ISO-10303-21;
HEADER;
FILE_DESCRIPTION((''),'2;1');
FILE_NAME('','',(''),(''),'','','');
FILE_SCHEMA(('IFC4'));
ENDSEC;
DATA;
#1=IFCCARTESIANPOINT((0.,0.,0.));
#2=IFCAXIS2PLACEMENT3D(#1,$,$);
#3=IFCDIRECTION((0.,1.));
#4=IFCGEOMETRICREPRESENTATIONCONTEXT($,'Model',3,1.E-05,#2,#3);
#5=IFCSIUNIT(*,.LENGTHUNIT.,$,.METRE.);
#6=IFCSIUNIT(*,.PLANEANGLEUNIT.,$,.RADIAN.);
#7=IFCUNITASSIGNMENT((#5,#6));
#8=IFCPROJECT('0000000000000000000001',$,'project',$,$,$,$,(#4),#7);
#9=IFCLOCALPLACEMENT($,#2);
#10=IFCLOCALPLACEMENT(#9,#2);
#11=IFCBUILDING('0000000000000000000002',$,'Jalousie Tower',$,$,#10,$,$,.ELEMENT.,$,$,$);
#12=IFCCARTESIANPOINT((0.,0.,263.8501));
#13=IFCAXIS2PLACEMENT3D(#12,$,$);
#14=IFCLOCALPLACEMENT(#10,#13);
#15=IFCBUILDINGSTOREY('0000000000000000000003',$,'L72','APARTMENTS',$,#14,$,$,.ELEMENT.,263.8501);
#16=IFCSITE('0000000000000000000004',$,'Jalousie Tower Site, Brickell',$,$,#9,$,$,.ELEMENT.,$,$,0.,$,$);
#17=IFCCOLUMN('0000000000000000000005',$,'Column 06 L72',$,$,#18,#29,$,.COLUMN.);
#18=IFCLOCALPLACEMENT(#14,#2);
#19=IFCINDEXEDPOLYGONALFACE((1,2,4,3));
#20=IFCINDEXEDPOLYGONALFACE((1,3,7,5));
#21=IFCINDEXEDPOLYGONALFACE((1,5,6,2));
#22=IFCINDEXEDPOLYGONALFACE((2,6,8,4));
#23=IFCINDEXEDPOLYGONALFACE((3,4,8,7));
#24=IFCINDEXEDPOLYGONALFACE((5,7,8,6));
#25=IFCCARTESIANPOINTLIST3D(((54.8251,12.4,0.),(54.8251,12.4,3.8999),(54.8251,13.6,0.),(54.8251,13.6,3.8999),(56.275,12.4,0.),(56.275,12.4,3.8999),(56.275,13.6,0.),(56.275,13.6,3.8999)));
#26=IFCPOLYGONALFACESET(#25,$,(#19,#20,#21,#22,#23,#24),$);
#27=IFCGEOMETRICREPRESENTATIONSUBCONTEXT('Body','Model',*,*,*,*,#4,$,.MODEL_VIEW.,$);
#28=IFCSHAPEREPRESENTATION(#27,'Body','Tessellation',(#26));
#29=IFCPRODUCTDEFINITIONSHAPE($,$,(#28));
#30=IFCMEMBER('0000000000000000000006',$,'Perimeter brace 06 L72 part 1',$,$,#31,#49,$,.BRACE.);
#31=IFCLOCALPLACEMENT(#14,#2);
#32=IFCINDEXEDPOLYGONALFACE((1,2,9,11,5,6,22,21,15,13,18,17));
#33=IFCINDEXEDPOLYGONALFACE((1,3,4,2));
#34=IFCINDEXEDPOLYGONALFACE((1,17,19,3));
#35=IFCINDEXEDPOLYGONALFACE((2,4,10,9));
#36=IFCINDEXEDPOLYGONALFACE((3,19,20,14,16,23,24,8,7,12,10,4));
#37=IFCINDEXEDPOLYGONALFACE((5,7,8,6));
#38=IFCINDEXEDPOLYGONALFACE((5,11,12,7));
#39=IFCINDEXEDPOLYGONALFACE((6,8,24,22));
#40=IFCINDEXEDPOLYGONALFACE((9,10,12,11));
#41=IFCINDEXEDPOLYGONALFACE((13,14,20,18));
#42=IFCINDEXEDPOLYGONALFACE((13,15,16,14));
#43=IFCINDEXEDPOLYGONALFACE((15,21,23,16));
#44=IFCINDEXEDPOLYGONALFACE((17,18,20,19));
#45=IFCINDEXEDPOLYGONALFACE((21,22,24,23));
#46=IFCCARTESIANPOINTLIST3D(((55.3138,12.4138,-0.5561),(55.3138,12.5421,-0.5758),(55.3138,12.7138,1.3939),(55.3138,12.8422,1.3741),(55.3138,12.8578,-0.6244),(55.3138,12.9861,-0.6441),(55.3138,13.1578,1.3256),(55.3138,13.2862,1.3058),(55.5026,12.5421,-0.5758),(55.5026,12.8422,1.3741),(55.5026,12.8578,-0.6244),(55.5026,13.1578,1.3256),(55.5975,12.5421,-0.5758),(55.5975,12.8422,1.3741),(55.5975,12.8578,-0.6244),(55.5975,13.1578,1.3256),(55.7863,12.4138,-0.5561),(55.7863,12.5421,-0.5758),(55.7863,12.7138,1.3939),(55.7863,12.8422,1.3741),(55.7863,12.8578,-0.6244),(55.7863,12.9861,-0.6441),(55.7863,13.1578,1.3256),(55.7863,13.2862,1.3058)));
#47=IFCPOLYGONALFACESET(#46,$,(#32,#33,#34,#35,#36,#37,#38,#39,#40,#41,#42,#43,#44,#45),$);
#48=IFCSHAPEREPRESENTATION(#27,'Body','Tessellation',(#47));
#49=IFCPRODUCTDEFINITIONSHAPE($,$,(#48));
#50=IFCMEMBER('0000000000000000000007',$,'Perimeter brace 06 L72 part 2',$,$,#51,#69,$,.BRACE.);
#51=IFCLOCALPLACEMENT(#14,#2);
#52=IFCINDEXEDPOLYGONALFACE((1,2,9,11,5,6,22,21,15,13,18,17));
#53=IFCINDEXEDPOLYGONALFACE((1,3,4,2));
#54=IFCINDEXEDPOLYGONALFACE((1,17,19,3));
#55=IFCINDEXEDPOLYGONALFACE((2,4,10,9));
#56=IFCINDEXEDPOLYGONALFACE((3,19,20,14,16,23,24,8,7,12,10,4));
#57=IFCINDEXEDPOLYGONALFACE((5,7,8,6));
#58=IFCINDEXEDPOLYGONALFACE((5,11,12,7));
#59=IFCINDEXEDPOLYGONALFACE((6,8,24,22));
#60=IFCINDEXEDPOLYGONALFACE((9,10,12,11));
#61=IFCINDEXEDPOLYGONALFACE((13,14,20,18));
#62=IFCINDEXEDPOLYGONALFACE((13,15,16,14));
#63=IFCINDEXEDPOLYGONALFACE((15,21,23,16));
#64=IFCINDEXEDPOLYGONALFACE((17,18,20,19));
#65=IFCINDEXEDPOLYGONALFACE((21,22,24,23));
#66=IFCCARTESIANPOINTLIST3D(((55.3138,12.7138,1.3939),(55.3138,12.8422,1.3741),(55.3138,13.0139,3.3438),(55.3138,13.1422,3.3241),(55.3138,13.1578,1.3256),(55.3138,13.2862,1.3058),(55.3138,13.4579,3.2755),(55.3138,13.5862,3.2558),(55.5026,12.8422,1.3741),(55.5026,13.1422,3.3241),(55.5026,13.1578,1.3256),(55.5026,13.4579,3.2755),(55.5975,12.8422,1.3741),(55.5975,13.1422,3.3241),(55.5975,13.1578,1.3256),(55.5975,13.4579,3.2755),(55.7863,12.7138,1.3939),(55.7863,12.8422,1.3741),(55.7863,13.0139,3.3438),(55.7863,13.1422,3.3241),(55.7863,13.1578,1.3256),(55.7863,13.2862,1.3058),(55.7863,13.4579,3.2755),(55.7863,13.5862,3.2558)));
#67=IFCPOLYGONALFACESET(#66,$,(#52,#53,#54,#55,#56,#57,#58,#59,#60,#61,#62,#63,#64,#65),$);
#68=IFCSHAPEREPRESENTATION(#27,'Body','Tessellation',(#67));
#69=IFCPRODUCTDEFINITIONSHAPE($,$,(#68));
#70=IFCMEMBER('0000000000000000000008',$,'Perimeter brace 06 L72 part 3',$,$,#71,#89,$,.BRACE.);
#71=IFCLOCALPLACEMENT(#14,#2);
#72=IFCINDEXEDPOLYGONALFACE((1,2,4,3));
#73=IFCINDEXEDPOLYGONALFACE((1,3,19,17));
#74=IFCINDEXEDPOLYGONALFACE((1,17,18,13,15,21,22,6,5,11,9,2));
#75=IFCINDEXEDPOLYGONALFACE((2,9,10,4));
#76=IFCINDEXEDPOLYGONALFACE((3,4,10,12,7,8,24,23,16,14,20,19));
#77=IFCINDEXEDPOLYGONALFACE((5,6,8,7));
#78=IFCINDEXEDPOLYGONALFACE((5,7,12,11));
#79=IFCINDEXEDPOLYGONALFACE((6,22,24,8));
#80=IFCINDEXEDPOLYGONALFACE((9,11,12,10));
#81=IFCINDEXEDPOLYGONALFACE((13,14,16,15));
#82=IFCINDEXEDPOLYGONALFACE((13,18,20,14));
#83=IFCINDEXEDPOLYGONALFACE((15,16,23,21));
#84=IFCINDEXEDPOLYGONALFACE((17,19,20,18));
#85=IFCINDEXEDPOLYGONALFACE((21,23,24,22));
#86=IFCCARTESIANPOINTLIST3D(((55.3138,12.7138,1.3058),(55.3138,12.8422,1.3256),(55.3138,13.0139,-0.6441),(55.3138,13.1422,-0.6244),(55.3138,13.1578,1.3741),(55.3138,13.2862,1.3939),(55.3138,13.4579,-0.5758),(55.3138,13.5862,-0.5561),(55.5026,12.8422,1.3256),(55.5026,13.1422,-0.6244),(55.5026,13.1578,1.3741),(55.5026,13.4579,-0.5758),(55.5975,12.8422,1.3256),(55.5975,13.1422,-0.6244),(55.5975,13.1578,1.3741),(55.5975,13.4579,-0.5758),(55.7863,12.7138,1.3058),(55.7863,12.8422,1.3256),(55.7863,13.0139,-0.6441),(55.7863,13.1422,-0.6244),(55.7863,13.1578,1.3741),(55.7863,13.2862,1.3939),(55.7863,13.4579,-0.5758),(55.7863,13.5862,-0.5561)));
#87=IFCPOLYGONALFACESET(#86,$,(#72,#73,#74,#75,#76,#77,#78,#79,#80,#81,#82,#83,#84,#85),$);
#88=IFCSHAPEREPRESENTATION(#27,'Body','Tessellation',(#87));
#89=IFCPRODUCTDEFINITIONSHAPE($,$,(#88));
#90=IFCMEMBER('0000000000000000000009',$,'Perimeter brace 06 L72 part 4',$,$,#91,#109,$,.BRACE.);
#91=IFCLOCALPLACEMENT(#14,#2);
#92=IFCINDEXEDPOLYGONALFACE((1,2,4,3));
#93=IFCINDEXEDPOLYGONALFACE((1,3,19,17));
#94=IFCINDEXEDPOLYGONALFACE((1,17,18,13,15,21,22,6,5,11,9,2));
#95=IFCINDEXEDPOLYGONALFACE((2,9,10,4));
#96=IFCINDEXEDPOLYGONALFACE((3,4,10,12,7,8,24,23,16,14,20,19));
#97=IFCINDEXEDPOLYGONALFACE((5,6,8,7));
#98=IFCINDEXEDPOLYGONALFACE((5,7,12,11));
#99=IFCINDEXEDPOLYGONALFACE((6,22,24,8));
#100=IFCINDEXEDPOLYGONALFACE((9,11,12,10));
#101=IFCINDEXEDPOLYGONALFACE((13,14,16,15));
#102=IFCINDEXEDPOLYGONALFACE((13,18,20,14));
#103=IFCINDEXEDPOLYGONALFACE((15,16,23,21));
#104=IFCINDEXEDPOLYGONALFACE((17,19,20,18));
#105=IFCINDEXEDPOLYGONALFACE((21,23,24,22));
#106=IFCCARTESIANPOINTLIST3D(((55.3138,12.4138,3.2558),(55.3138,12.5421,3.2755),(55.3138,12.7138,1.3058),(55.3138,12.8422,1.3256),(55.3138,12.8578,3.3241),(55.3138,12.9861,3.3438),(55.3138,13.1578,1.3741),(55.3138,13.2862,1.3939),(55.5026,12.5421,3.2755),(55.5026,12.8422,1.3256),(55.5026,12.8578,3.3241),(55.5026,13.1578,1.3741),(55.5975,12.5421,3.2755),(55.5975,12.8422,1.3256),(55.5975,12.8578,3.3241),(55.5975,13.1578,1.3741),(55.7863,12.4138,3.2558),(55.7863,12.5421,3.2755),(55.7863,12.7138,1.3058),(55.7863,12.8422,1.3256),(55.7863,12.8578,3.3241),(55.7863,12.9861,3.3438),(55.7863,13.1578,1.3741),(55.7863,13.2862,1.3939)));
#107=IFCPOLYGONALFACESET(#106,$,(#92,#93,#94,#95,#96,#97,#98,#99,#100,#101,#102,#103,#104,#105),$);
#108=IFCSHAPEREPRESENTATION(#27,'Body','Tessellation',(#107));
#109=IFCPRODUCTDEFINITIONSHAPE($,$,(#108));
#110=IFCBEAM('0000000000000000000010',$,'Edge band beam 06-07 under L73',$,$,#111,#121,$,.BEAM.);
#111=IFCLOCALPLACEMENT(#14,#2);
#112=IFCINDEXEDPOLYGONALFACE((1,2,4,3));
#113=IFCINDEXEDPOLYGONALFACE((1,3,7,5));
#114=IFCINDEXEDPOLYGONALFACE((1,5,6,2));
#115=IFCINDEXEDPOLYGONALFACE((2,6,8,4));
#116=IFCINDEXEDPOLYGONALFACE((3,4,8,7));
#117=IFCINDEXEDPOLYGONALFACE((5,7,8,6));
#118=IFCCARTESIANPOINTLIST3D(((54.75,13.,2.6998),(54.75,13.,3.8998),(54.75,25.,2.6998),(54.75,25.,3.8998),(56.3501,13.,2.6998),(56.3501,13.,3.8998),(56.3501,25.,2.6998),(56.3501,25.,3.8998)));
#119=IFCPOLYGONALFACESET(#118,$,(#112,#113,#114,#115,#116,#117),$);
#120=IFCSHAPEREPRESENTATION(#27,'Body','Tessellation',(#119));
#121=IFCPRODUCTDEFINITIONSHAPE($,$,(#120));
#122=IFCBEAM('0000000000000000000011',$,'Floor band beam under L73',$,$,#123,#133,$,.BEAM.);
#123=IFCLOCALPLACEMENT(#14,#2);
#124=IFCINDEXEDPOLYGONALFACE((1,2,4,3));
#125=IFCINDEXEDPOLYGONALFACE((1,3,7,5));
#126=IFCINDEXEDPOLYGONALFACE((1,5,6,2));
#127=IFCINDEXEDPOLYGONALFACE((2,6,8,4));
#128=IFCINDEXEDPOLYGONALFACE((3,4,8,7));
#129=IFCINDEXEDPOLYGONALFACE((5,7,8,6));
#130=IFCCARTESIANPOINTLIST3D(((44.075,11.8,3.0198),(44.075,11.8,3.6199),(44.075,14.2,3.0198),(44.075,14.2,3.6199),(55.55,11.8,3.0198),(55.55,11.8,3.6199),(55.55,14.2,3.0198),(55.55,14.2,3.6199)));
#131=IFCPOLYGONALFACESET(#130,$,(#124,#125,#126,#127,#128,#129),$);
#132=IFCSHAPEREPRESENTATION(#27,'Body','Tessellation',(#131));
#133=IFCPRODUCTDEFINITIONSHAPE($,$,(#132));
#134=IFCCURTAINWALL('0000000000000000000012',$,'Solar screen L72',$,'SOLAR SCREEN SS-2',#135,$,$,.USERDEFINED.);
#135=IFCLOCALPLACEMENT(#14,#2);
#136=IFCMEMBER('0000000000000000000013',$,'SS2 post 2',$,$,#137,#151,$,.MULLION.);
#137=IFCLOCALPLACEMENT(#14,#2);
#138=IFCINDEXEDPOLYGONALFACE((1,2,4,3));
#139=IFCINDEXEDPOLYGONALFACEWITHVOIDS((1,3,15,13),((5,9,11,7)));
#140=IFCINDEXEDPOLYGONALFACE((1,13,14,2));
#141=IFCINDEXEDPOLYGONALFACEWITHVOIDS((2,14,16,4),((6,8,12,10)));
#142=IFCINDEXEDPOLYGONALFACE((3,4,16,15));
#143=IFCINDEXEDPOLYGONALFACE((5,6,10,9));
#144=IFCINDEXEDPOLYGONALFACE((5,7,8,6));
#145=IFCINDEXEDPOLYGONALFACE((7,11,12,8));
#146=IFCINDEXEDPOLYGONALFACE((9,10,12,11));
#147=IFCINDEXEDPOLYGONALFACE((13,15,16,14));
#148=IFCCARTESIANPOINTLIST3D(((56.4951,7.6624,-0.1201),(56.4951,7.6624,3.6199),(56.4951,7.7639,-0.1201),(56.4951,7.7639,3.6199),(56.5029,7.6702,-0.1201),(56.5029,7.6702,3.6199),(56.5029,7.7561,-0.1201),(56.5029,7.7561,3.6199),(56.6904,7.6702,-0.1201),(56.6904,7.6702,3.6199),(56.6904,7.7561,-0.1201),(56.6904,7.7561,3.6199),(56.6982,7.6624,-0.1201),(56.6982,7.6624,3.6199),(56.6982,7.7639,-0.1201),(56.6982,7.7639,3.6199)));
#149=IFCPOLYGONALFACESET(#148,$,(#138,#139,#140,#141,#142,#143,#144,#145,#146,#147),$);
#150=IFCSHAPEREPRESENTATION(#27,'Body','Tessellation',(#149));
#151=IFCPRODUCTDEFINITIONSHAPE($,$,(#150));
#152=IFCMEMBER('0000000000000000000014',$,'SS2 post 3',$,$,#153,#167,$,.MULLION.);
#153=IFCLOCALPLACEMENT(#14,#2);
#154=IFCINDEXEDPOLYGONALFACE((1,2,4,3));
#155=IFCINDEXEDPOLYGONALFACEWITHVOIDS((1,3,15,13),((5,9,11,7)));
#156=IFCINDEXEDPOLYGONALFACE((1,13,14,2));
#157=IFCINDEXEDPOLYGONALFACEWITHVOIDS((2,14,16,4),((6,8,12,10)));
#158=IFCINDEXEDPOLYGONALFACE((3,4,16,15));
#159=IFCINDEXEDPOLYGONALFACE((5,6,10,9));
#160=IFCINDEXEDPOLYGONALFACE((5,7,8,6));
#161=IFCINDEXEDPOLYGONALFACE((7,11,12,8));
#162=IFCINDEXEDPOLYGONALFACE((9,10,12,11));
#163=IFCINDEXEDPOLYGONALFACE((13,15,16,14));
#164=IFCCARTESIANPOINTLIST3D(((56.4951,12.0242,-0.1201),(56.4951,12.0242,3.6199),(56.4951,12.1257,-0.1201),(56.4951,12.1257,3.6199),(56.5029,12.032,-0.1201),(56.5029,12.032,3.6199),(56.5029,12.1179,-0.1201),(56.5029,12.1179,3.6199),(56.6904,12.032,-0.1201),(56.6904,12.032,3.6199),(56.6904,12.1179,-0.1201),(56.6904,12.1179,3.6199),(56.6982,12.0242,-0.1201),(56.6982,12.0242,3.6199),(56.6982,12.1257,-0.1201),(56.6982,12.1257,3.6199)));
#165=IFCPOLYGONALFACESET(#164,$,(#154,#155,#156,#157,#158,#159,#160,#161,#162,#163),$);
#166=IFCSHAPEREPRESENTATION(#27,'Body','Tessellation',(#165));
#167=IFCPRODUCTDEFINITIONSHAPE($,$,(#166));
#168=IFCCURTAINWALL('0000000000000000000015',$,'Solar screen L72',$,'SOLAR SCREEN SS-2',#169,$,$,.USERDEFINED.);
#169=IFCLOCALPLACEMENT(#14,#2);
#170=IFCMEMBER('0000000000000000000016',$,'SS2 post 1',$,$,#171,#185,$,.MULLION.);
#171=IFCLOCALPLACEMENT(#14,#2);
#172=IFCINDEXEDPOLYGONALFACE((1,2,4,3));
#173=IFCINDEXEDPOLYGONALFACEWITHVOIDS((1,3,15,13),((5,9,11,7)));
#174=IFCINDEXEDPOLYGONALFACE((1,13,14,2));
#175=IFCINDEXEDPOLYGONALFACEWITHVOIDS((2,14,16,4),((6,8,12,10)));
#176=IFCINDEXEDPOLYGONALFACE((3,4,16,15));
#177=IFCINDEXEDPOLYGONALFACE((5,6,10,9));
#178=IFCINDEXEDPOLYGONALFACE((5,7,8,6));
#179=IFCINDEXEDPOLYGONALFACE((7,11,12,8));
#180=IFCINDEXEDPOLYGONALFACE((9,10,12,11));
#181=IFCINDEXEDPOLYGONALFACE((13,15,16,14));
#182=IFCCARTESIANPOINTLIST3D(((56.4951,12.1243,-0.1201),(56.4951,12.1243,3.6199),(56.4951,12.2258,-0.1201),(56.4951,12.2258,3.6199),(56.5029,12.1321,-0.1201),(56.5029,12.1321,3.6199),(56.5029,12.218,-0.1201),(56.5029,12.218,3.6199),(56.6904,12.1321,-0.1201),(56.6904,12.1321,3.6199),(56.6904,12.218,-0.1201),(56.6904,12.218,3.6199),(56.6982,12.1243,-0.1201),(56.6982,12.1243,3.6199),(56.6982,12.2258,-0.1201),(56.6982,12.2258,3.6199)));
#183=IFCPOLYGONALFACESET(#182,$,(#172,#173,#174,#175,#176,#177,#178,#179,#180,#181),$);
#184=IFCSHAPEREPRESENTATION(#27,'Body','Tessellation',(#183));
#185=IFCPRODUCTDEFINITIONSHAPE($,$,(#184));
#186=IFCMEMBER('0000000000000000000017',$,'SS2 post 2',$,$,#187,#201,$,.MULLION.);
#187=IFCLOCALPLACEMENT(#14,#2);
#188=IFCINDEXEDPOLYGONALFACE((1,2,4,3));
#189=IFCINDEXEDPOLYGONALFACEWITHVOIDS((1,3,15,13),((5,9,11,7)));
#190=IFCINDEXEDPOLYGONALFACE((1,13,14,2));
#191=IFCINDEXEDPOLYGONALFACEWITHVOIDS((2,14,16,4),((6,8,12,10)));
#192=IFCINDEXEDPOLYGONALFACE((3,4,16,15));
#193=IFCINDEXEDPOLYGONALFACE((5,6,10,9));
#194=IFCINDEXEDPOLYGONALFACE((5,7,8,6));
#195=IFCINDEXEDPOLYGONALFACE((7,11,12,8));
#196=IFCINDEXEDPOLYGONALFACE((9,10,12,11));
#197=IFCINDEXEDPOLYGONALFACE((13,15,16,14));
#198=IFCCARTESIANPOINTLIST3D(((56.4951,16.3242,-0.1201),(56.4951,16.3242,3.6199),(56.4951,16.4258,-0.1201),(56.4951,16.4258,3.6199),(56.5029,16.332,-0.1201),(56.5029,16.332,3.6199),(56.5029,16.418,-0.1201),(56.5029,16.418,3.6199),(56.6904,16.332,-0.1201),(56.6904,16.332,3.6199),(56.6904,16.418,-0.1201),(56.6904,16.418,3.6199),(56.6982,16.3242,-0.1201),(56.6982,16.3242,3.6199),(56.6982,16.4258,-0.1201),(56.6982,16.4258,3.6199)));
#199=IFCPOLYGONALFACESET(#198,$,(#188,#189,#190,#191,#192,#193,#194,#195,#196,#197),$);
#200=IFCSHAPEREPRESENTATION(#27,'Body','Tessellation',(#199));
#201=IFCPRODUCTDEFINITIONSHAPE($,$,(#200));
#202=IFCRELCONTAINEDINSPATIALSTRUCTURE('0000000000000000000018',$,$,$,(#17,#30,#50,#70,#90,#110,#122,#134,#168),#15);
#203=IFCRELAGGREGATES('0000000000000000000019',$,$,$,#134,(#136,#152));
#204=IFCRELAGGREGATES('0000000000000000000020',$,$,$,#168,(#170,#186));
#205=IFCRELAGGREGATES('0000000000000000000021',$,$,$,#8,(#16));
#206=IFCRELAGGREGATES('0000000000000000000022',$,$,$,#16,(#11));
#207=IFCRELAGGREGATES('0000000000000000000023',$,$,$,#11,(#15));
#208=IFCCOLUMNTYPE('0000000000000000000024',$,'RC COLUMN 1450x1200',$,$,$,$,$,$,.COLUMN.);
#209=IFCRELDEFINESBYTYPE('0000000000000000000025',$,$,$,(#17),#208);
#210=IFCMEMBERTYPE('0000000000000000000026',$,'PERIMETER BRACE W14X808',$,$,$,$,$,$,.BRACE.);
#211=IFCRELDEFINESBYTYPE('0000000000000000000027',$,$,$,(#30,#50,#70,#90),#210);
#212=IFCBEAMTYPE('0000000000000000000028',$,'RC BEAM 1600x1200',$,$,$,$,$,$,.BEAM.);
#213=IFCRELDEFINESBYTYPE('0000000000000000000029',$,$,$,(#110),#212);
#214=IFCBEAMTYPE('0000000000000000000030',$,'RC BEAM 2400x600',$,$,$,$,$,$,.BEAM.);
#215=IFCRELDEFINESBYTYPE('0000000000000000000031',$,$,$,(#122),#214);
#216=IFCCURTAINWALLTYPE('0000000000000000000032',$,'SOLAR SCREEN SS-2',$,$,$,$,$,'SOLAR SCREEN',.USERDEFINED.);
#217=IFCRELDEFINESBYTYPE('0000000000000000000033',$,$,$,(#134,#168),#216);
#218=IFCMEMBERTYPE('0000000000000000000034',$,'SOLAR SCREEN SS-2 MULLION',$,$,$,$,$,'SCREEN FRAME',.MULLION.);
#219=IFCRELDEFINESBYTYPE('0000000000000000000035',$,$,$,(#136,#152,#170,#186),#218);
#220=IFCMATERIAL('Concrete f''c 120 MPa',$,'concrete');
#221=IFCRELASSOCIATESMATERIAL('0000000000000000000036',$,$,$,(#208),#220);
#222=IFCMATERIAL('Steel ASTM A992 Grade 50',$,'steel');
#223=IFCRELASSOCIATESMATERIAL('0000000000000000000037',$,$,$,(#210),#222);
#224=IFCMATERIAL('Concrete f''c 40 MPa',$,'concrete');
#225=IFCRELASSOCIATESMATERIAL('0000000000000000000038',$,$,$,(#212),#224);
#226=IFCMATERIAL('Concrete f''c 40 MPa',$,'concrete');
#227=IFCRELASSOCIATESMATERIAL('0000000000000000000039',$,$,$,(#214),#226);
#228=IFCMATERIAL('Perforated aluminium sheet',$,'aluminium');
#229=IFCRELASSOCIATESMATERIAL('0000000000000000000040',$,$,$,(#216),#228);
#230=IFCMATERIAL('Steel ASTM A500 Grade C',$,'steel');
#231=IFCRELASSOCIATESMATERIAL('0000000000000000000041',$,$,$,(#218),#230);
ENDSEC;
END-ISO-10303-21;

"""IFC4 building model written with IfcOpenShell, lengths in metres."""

from ifc_helpers import new_model, si_unit, direction, frame, origin, origin_2d, place, context, subcontext, project, spatial, rectangle, hollow_rectangle, i_section, extrude, material, material_profile, profile_set, type_object, element, aggregate, save


model = new_model("IFC4")

# Units and contexts
model_context = context("Model", 3, precision=1e-05, world=origin(), true_north=direction((0.0, 1.0)))
body_context = subcontext(model_context, "Body", "Model", "MODEL_VIEW")
ifc_project = project(units=[si_unit("LENGTHUNIT", "METRE"), si_unit("PLANEANGLEUNIT", "RADIAN")], contexts=[model_context])

# Site, building, storey
site_placement = place(None, origin())
site = spatial("IfcSite", under=ifc_project, at=site_placement, Name="Jalousie Tower Site, Brickell", CompositionType="ELEMENT", RefElevation=0.0)
building_placement = place(site_placement, origin())
building = spatial("IfcBuilding", under=site, at=building_placement, Name="Jalousie Tower", CompositionType="ELEMENT")
storey_placement = place(building_placement, frame((0.0, 0.0, 263.8501)))
storey = spatial("IfcBuildingStorey", under=building, at=storey_placement, Name="L72", Description="APARTMENTS", CompositionType="ELEMENT", Elevation=263.8501)

# Column
ifc_material_1 = material(Name="Concrete f'c 120 MPa", Category="concrete")
ifc_material_profile_1 = material_profile(ifc_material_1, rectangle(XDim=1.45, YDim=1.2, at=origin_2d()), Name="RC 1450x1200")
ifc_profile_set_1 = profile_set([ifc_material_profile_1], Name="Concrete f'c 120 MPa")
column_type = type_object("IfcColumnType", Name="RC COLUMN 1450x1200", PredefinedType="COLUMN", material=ifc_profile_set_1)
column_placement = place(storey_placement, frame((55.55, 13.0, 0.0), z_axis=(0.0, 0.0, 1.0), x_axis=(1.0, 0.0, 0.0)))
element("IfcColumn", 1, at=column_placement, inside=storey, type_object=column_type, Name="Column 06 L72", PredefinedType="COLUMN", context=body_context, shape_type="SweptSolid", body=[
    extrude(rectangle(XDim=1.45, YDim=1.2, at=origin_2d()), origin(), (0.0, 0.0, 1.0), 3.8999),
])

# Members
ifc_material_2 = material(Name="Steel ASTM A992 Grade 50", Category="steel")
ifc_material_profile_2 = material_profile(ifc_material_2, i_section(OverallWidth=0.4724, OverallDepth=0.5791, WebThickness=0.095, FlangeThickness=0.1299, at=origin_2d()), Name="W14X808")
ifc_profile_set_2 = profile_set([ifc_material_profile_2], Name="Steel ASTM A992 Grade 50")
member_type_1 = type_object("IfcMemberType", Name="PERIMETER BRACE W14X808", PredefinedType="BRACE", material=ifc_profile_set_2)
for number, where, z_axis, x_axis, name in (
    (2, (55.55, 12.7, -0.6001), (0.0, 0.152085, 0.988367), (-1.0, 0.0, 0.0), "Perimeter brace 06 L72 part 1"),
    (3, (55.55, 13.0, 1.3499), (0.0, 0.152085, 0.988367), (-1.0, 0.0, 0.0), "Perimeter brace 06 L72 part 2"),
    (4, (55.55, 13.3, -0.6001), (0.0, -0.152085, 0.988367), (1.0, 0.0, 0.0), "Perimeter brace 06 L72 part 3"),
    (5, (55.55, 13.0, 1.3499), (0.0, -0.152085, 0.988367), (1.0, 0.0, 0.0), "Perimeter brace 06 L72 part 4"),
):
    element("IfcMember", number, at=place(storey_placement, frame(where, z_axis=z_axis, x_axis=x_axis)), inside=storey, type_object=member_type_1, Name=name, PredefinedType="BRACE", context=body_context, shape_type="SweptSolid", body=[
        extrude(i_section(OverallWidth=0.4724, OverallDepth=0.5791, WebThickness=0.095, FlangeThickness=0.1299, at=origin_2d()), origin(), (0.0, 0.0, 1.0), 1.9729),
    ])

# Beams
ifc_material_3 = material(Name="Concrete f'c 40 MPa", Category="concrete")
ifc_material_profile_3 = material_profile(ifc_material_3, rectangle(XDim=1.6001, YDim=1.2, at=origin_2d()), Name="RC 1600x1200")
ifc_profile_set_3 = profile_set([ifc_material_profile_3], Name="Concrete f'c 40 MPa")
beam_type_1 = type_object("IfcBeamType", Name="RC BEAM 1600x1200", PredefinedType="BEAM", material=ifc_profile_set_3)
beam_1_placement = place(storey_placement, frame((55.55, 13.0, 3.2998), z_axis=(0.0, 1.0, 0.0), x_axis=(-1.0, 0.0, 0.0)))
element("IfcBeam", 6, at=beam_1_placement, inside=storey, type_object=beam_type_1, Name="Edge band beam 06-07 under L73", PredefinedType="BEAM", context=body_context, shape_type="SweptSolid", body=[
    extrude(rectangle(XDim=1.6001, YDim=1.2, at=origin_2d()), origin(), (0.0, 0.0, 1.0), 12.0),
])
ifc_material_4 = material(Name="Concrete f'c 40 MPa", Category="concrete")
ifc_material_profile_4 = material_profile(ifc_material_4, rectangle(XDim=2.3999, YDim=0.6001, at=origin_2d()), Name="RC 2400x600")
ifc_profile_set_4 = profile_set([ifc_material_profile_4], Name="Concrete f'c 40 MPa")
beam_type_2 = type_object("IfcBeamType", Name="RC BEAM 2400x600", PredefinedType="BEAM", material=ifc_profile_set_4)
beam_2_placement = place(storey_placement, frame((55.55, 13.0, 3.3198), z_axis=(-1.0, 0.0, 0.0), x_axis=(0.0, -1.0, 0.0)))
element("IfcBeam", 7, at=beam_2_placement, inside=storey, type_object=beam_type_2, Name="Floor band beam under L73", PredefinedType="BEAM", context=body_context, shape_type="SweptSolid", body=[
    extrude(rectangle(XDim=2.3999, YDim=0.6001, at=origin_2d()), origin(), (0.0, 0.0, 1.0), 11.4751),
])

# Curtain walls, members
ifc_material_5 = material(Name="Perforated aluminium sheet", Category="aluminium")
curtain_wall_type = type_object("IfcCurtainWallType", Name="SOLAR SCREEN SS-2", ElementType="SOLAR SCREEN", PredefinedType="USERDEFINED", material=ifc_material_5)
curtain_wall_1_placement = place(storey_placement, origin())
curtain_wall_1 = element("IfcCurtainWall", 8, at=curtain_wall_1_placement, inside=storey, type_object=curtain_wall_type, Name="Solar screen L72", ObjectType="SOLAR SCREEN SS-2", PredefinedType="USERDEFINED")
ifc_material_6 = material(Name="Steel ASTM A500 Grade C", Category="steel")
ifc_material_profile_5 = material_profile(ifc_material_6, hollow_rectangle(XDim=0.1016, YDim=0.2031, WallThickness=0.0078, at=origin_2d()), Name="HSS8X4X5/16")
ifc_profile_set_5 = profile_set([ifc_material_profile_5], Name="Steel ASTM A500 Grade C")
member_type_2 = type_object("IfcMemberType", Name="SOLAR SCREEN SS-2 MULLION", ElementType="SCREEN FRAME", PredefinedType="MULLION", material=ifc_profile_set_5)
member_1_placement = place(storey_placement, frame((56.5967, 7.7131, -0.1201), z_axis=(0.0, 0.0, 1.0), x_axis=(0.0, 1.0, 0.0)))
member_1 = element("IfcMember", 9, at=member_1_placement, type_object=member_type_2, Name="SS2 post 2", PredefinedType="MULLION", context=body_context, shape_type="SweptSolid", body=[
    extrude(hollow_rectangle(XDim=0.1016, YDim=0.2031, WallThickness=0.0078, at=origin_2d()), origin(), (0.0, 0.0, 1.0), 3.74),
])
member_2_placement = place(storey_placement, frame((56.5967, 12.075, -0.1201), z_axis=(0.0, 0.0, 1.0), x_axis=(0.0, 1.0, 0.0)))
member_2 = element("IfcMember", 10, at=member_2_placement, type_object=member_type_2, Name="SS2 post 3", PredefinedType="MULLION", context=body_context, shape_type="SweptSolid", body=[
    extrude(hollow_rectangle(XDim=0.1016, YDim=0.2031, WallThickness=0.0078, at=origin_2d()), origin(), (0.0, 0.0, 1.0), 3.74),
])
curtain_wall_2_placement = place(storey_placement, origin())
curtain_wall_2 = element("IfcCurtainWall", 11, at=curtain_wall_2_placement, inside=storey, type_object=curtain_wall_type, Name="Solar screen L72", ObjectType="SOLAR SCREEN SS-2", PredefinedType="USERDEFINED")
member_3_placement = place(storey_placement, frame((56.5967, 12.175, -0.1201), z_axis=(0.0, 0.0, 1.0), x_axis=(0.0, 1.0, 0.0)))
member_3 = element("IfcMember", 12, at=member_3_placement, type_object=member_type_2, Name="SS2 post 1", PredefinedType="MULLION", context=body_context, shape_type="SweptSolid", body=[
    extrude(hollow_rectangle(XDim=0.1016, YDim=0.2031, WallThickness=0.0078, at=origin_2d()), origin(), (0.0, 0.0, 1.0), 3.74),
])
member_4_placement = place(storey_placement, frame((56.5967, 16.375, -0.1201), z_axis=(0.0, 0.0, 1.0), x_axis=(0.0, 1.0, 0.0)))
member_4 = element("IfcMember", 13, at=member_4_placement, type_object=member_type_2, Name="SS2 post 2", PredefinedType="MULLION", context=body_context, shape_type="SweptSolid", body=[
    extrude(hollow_rectangle(XDim=0.1016, YDim=0.2031, WallThickness=0.0078, at=origin_2d()), origin(), (0.0, 0.0, 1.0), 3.74),
])

aggregate(curtain_wall_1, [member_1, member_2])
aggregate(curtain_wall_2, [member_3, member_4])

save(model, "model.ifc")
